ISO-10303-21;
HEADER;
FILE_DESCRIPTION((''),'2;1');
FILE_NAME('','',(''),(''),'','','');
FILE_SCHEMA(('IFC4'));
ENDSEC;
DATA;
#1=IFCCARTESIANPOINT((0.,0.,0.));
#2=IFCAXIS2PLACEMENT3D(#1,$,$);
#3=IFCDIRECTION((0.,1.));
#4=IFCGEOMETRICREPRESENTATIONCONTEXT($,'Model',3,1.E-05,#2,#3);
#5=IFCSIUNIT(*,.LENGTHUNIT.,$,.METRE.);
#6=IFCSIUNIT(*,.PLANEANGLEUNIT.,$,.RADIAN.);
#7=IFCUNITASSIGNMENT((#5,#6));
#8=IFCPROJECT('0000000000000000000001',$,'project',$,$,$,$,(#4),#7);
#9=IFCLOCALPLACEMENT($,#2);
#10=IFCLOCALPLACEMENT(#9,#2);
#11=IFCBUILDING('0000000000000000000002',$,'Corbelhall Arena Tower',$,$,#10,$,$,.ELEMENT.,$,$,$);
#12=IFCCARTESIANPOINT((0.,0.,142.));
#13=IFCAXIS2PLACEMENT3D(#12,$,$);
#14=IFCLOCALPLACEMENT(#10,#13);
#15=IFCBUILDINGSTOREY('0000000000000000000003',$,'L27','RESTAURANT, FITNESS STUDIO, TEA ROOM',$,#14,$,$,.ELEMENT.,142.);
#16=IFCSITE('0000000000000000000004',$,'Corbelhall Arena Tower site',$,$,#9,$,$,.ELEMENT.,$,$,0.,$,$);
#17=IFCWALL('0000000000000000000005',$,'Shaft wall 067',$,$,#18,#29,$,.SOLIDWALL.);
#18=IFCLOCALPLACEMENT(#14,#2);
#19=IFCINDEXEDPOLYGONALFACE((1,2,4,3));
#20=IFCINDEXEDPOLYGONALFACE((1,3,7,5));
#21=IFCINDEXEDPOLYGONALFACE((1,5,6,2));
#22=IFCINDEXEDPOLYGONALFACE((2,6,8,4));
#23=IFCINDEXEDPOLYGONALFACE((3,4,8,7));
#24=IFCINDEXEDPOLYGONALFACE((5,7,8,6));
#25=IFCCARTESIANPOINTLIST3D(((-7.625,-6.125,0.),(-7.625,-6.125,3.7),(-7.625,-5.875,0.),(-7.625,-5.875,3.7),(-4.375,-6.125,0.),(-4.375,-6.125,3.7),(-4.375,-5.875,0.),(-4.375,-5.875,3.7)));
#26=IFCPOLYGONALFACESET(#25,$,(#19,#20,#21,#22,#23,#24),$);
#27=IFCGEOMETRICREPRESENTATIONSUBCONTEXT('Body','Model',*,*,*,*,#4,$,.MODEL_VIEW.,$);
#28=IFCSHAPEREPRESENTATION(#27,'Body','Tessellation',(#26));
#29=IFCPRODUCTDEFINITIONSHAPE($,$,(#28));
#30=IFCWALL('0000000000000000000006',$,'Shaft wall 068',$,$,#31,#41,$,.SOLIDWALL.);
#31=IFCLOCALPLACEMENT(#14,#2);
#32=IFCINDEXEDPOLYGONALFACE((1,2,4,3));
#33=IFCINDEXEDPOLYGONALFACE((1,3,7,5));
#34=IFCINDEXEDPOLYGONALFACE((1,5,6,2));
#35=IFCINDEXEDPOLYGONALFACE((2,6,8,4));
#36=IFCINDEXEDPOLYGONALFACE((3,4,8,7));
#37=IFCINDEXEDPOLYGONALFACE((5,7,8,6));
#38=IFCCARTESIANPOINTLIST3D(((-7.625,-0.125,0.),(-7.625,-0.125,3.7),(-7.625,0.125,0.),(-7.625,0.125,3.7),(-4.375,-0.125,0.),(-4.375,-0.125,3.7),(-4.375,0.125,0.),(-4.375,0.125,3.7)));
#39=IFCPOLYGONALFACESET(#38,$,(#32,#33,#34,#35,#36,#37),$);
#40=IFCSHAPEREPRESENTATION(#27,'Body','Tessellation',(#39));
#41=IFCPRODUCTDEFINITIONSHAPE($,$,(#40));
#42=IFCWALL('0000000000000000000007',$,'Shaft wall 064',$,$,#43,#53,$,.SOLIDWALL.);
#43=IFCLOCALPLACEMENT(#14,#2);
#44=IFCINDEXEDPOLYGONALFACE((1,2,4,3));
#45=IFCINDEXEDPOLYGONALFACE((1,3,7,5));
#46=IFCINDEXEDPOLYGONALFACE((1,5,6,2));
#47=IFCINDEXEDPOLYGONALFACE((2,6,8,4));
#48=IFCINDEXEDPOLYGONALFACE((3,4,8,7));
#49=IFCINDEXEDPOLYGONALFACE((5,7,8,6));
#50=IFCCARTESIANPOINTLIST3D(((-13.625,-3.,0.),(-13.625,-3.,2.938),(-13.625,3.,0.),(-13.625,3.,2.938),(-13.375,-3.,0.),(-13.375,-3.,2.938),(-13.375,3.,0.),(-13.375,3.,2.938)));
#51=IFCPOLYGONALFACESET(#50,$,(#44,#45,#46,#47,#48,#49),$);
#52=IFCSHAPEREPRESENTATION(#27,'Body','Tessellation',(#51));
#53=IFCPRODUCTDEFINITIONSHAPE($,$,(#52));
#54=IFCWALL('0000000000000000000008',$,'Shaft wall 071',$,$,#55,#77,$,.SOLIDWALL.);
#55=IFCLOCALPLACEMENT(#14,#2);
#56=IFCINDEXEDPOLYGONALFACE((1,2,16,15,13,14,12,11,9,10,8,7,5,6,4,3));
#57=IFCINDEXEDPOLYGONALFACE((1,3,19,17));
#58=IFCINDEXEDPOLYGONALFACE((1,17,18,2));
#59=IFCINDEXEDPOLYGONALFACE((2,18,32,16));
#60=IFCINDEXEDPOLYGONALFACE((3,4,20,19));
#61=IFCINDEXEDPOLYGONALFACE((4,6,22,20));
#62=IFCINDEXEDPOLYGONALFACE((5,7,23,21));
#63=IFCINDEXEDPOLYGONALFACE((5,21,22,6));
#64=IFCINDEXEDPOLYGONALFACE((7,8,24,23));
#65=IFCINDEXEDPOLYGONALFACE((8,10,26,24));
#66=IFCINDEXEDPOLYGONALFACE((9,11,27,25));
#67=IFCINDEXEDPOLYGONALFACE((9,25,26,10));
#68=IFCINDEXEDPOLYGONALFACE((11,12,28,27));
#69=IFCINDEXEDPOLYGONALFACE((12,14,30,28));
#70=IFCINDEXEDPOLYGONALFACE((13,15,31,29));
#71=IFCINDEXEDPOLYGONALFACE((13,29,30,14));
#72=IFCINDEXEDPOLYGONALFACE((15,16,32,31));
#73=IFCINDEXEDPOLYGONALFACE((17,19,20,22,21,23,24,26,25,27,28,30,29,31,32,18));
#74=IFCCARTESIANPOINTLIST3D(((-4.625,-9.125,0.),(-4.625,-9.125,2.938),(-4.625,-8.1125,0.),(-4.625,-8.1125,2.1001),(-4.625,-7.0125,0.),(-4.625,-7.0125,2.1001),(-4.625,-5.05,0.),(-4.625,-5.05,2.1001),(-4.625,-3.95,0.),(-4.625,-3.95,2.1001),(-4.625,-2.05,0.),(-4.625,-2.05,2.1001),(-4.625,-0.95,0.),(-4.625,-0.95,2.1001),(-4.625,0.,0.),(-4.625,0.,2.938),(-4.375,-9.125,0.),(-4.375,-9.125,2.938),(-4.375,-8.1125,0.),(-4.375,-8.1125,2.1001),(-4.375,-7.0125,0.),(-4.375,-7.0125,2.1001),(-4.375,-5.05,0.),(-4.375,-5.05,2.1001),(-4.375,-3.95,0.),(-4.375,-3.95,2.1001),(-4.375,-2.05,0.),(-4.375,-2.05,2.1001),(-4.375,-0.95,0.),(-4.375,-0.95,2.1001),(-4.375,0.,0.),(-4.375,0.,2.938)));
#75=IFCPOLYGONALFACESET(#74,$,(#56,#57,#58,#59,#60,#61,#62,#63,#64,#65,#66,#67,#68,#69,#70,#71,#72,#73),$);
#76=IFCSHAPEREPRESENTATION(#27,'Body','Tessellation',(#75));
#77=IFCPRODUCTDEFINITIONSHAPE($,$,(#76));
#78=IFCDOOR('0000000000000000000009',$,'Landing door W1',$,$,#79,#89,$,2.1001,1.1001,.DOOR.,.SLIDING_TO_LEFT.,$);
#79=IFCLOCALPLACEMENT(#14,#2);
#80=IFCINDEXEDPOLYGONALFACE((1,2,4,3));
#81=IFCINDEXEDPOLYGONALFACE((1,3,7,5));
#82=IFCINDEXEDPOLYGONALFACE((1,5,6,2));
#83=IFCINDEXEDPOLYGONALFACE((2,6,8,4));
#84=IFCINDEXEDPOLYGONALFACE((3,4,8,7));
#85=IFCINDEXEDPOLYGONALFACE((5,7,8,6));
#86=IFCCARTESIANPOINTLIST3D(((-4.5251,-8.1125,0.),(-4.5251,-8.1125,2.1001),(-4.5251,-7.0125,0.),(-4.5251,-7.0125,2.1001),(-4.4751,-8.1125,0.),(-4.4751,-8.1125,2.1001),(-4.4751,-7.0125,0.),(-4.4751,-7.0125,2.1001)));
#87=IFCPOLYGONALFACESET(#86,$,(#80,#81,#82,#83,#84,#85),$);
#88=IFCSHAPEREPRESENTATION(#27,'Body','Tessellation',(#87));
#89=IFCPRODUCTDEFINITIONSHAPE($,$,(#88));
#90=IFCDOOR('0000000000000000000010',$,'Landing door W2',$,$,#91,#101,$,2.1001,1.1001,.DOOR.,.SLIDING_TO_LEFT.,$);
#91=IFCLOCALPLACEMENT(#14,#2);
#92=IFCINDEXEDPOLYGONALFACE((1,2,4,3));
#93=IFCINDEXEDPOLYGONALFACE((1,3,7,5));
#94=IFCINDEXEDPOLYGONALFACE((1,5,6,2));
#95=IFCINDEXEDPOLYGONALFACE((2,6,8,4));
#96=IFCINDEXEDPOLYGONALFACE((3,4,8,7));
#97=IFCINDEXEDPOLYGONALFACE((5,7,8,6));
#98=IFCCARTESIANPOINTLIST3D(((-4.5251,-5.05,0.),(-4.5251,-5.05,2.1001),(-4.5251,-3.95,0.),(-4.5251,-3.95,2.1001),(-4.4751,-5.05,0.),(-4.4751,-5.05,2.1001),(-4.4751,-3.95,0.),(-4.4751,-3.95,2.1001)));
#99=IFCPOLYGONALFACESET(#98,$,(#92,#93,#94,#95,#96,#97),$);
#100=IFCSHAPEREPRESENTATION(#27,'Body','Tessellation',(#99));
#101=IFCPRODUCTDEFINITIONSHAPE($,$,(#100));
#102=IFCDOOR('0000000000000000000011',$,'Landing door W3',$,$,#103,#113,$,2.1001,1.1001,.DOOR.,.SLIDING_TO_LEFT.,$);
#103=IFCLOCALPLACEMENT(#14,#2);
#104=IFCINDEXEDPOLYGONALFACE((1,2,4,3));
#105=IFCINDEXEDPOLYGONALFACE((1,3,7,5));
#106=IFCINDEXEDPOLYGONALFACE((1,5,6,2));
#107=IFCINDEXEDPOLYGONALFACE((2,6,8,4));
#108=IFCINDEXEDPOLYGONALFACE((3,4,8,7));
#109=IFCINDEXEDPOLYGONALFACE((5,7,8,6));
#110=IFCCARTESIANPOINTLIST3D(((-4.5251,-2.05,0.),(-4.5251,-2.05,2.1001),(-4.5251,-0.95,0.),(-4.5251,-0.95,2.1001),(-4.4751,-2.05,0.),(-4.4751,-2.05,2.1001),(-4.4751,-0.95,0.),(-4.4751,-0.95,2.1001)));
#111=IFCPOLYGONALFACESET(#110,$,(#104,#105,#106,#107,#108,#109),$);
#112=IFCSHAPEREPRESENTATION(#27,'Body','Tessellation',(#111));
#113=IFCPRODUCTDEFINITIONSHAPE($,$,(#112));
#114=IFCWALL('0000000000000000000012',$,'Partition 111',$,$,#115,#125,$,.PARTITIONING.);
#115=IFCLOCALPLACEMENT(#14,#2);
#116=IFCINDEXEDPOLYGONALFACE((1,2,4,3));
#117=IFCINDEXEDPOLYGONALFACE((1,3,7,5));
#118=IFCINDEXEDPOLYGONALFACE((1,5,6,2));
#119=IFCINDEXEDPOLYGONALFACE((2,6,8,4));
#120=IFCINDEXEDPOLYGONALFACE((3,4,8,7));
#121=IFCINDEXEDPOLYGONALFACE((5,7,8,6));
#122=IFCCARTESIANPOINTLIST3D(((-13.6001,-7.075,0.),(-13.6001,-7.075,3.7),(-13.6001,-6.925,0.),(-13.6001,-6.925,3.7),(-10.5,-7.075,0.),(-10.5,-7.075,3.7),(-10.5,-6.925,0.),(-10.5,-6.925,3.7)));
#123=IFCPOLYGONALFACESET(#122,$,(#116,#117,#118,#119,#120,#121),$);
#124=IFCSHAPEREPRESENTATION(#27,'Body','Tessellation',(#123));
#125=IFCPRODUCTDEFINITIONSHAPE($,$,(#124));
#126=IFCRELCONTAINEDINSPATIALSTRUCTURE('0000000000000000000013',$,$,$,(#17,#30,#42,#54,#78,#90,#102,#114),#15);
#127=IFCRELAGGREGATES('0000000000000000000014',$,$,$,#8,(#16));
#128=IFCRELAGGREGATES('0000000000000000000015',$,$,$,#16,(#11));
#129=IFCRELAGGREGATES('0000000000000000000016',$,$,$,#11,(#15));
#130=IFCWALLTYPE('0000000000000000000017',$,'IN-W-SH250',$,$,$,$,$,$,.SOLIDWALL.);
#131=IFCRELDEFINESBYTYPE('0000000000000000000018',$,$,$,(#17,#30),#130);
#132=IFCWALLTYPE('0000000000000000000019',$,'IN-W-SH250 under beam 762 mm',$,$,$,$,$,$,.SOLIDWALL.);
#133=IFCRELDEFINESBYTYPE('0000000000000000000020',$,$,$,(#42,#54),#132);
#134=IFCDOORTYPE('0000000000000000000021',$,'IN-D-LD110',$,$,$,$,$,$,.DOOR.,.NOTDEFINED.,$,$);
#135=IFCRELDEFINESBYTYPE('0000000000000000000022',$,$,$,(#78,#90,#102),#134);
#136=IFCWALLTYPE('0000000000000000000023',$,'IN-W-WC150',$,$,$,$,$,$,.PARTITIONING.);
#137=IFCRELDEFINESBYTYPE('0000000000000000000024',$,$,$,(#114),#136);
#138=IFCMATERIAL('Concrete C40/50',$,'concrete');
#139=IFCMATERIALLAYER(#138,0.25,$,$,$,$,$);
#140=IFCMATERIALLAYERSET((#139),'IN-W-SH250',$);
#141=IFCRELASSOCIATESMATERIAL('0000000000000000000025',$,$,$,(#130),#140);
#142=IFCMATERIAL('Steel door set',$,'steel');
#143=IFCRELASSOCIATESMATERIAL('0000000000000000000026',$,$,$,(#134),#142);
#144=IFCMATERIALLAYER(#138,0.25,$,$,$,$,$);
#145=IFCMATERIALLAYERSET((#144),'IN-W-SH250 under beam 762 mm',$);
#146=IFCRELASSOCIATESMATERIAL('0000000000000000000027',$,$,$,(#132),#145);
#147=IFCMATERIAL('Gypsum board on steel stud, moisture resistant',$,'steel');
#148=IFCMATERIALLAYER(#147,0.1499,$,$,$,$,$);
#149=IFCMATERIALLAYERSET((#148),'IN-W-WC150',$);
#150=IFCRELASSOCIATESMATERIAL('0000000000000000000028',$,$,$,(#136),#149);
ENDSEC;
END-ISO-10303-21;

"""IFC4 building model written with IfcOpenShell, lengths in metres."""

from ifc_helpers import new_model, si_unit, direction, frame, frame_2d, origin, place, context, subcontext, project, spatial, rectangle, extrude, material, layer, layer_set, type_object, element, fill, save


model = new_model("IFC4")

# Units and contexts
model_context = context("Model", 3, precision=1e-05, world=origin(), true_north=direction((0.0, 1.0)))
body_context = subcontext(model_context, "Body", "Model", "MODEL_VIEW")
ifc_project = project(units=[si_unit("LENGTHUNIT", "METRE"), si_unit("PLANEANGLEUNIT", "RADIAN")], contexts=[model_context])

# Site, building, storey
site_placement = place(None, origin())
site = spatial("IfcSite", under=ifc_project, at=site_placement, Name="Corbelhall Arena Tower site", CompositionType="ELEMENT", RefElevation=0.0)
building_placement = place(site_placement, origin())
building = spatial("IfcBuilding", under=site, at=building_placement, Name="Corbelhall Arena Tower", CompositionType="ELEMENT")
storey_placement = place(building_placement, frame((0.0, 0.0, 142.0)))
storey = spatial("IfcBuildingStorey", under=building, at=storey_placement, Name="L27", Description="RESTAURANT, FITNESS STUDIO, TEA ROOM", CompositionType="ELEMENT", Elevation=142.0)

# Shared definitions
ifc_material_1 = material(Name="Concrete C40/50", Category="concrete")
ifc_layer_1 = layer(ifc_material_1, 0.25)
ifc_layer_set_1 = layer_set([ifc_layer_1], Name="IN-W-SH250")
wall_type_1 = type_object("IfcWallType", Name="IN-W-SH250", PredefinedType="SOLIDWALL", material=ifc_layer_set_1)

# Shared definitions
ifc_material_2 = material(Name="Steel door set", Category="steel")

# Shared definitions
door_type_1 = type_object("IfcDoorType", Name="IN-D-LD110", OperationType="NOTDEFINED", PredefinedType="DOOR", material=ifc_material_2)

# Walls
for number, where, z_axis, x_axis, name in (
    (1, (-7.625, -6.0, 0.0), (0.0, 0.0, 1.0), (1.0, 0.0, 0.0), "Shaft wall 067"),
    (2, (-7.625, 0.0, 0.0), (0.0, 0.0, 1.0), (1.0, 0.0, 0.0), "Shaft wall 068"),
):
    element("IfcWall", number, at=place(storey_placement, frame(where, z_axis=z_axis, x_axis=x_axis)), inside=storey, type_object=wall_type_1, Name=name, PredefinedType="SOLIDWALL", context=body_context, shape_type="SweptSolid", body=[
        extrude(rectangle(XDim=3.25, YDim=0.25, at=frame_2d((1.625, 0.0))), origin(), (0.0, 0.0, 1.0), 3.7),
    ])
ifc_layer_2 = layer(ifc_material_1, 0.25)
ifc_layer_set_2 = layer_set([ifc_layer_2], Name="IN-W-SH250 under beam 762 mm")
wall_type_2 = type_object("IfcWallType", Name="IN-W-SH250 under beam 762 mm", PredefinedType="SOLIDWALL", material=ifc_layer_set_2)
wall_1_placement = place(storey_placement, frame((-13.5, -3.0, 0.0), z_axis=(0.0, 0.0, 1.0), x_axis=(0.0, 1.0, 0.0)))
element("IfcWall", 3, at=wall_1_placement, inside=storey, type_object=wall_type_2, Name="Shaft wall 064", PredefinedType="SOLIDWALL", context=body_context, shape_type="SweptSolid", body=[
    extrude(rectangle(XDim=6.0, YDim=0.25, at=frame_2d((3.0, 0.0))), origin(), (0.0, 0.0, 1.0), 2.938),
])

# Wall, openings, doors
wall_2_placement = place(storey_placement, frame((-4.5, 0.0, 0.0), z_axis=(0.0, 0.0, 1.0), x_axis=(0.0, -1.0, 0.0)))
wall_2 = element("IfcWall", 4, at=wall_2_placement, inside=storey, type_object=wall_type_2, Name="Shaft wall 071", PredefinedType="SOLIDWALL", context=body_context, shape_type="SweptSolid", body=[
    extrude(rectangle(XDim=9.125, YDim=0.25, at=frame_2d((4.5625, 0.0))), origin(), (0.0, 0.0, 1.0), 2.938),
])
opening_1_placement = place(wall_2_placement, frame((7.0125, 0.0, 0.0)))
opening_1 = element("IfcOpeningElement", 5, at=opening_1_placement, cuts=wall_2, PredefinedType="OPENING", context=body_context, shape_type="SweptSolid", body=[
    extrude(rectangle(XDim=1.1001, YDim=2.1001, at=frame_2d((0.55, 1.05))), frame((0.0, 0.125, 0.0), z_axis=(0.0, -1.0, 0.0), x_axis=(1.0, 0.0, 0.0)), (0.0, 0.0, 1.0), 0.25),
])
opening_2_placement = place(wall_2_placement, frame((3.95, 0.0, 0.0)))
opening_2 = element("IfcOpeningElement", 6, at=opening_2_placement, cuts=wall_2, PredefinedType="OPENING", context=body_context, shape_type="SweptSolid", body=[
    extrude(rectangle(XDim=1.1001, YDim=2.1001, at=frame_2d((0.55, 1.05))), frame((0.0, 0.125, 0.0), z_axis=(0.0, -1.0, 0.0), x_axis=(1.0, 0.0, 0.0)), (0.0, 0.0, 1.0), 0.25),
])
opening_3_placement = place(wall_2_placement, frame((0.95, 0.0, 0.0)))
opening_3 = element("IfcOpeningElement", 7, at=opening_3_placement, cuts=wall_2, PredefinedType="OPENING", context=body_context, shape_type="SweptSolid", body=[
    extrude(rectangle(XDim=1.1001, YDim=2.1001, at=frame_2d((0.55, 1.05))), frame((0.0, 0.125, 0.0), z_axis=(0.0, -1.0, 0.0), x_axis=(1.0, 0.0, 0.0)), (0.0, 0.0, 1.0), 0.25),
])
door_1_placement = place(opening_1_placement, origin())
door_1 = element("IfcDoor", 8, at=door_1_placement, inside=storey, type_object=door_type_1, Name="Landing door W1", OperationType="SLIDING_TO_LEFT", OverallHeight=2.1001, OverallWidth=1.1001, PredefinedType="DOOR", context=body_context, shape_type="SweptSolid", body=[
    extrude(rectangle(XDim=1.1001, YDim=2.1001, at=frame_2d((0.55, 1.05))), frame((0.0, 0.0249, 0.0), z_axis=(0.0, -1.0, 0.0), x_axis=(1.0, 0.0, 0.0)), (0.0, 0.0, 1.0), 0.05),
])
fill(opening_1, door_1)
door_2_placement = place(opening_2_placement, origin())
door_2 = element("IfcDoor", 9, at=door_2_placement, inside=storey, type_object=door_type_1, Name="Landing door W2", OperationType="SLIDING_TO_LEFT", OverallHeight=2.1001, OverallWidth=1.1001, PredefinedType="DOOR", context=body_context, shape_type="SweptSolid", body=[
    extrude(rectangle(XDim=1.1001, YDim=2.1001, at=frame_2d((0.55, 1.05))), frame((0.0, 0.0249, 0.0), z_axis=(0.0, -1.0, 0.0), x_axis=(1.0, 0.0, 0.0)), (0.0, 0.0, 1.0), 0.05),
])
fill(opening_2, door_2)
door_3_placement = place(opening_3_placement, origin())
door_3 = element("IfcDoor", 10, at=door_3_placement, inside=storey, type_object=door_type_1, Name="Landing door W3", OperationType="SLIDING_TO_LEFT", OverallHeight=2.1001, OverallWidth=1.1001, PredefinedType="DOOR", context=body_context, shape_type="SweptSolid", body=[
    extrude(rectangle(XDim=1.1001, YDim=2.1001, at=frame_2d((0.55, 1.05))), frame((0.0, 0.0249, 0.0), z_axis=(0.0, -1.0, 0.0), x_axis=(1.0, 0.0, 0.0)), (0.0, 0.0, 1.0), 0.05),
])
fill(opening_3, door_3)

# Wall
ifc_material_3 = material(Name="Gypsum board on steel stud, moisture resistant", Category="steel")
ifc_layer_3 = layer(ifc_material_3, 0.1499)
ifc_layer_set_3 = layer_set([ifc_layer_3], Name="IN-W-WC150")
wall_type_3 = type_object("IfcWallType", Name="IN-W-WC150", PredefinedType="PARTITIONING", material=ifc_layer_set_3)
wall_3_placement = place(storey_placement, frame((-13.6001, -7.0, 0.0), z_axis=(0.0, 0.0, 1.0), x_axis=(1.0, 0.0, 0.0)))
element("IfcWall", 11, at=wall_3_placement, inside=storey, type_object=wall_type_3, Name="Partition 111", PredefinedType="PARTITIONING", context=body_context, shape_type="SweptSolid", body=[
    extrude(rectangle(XDim=3.1001, YDim=0.1499, at=frame_2d((1.55, 0.0))), origin(), (0.0, 0.0, 1.0), 3.7),
])

save(model, "model.ifc")
